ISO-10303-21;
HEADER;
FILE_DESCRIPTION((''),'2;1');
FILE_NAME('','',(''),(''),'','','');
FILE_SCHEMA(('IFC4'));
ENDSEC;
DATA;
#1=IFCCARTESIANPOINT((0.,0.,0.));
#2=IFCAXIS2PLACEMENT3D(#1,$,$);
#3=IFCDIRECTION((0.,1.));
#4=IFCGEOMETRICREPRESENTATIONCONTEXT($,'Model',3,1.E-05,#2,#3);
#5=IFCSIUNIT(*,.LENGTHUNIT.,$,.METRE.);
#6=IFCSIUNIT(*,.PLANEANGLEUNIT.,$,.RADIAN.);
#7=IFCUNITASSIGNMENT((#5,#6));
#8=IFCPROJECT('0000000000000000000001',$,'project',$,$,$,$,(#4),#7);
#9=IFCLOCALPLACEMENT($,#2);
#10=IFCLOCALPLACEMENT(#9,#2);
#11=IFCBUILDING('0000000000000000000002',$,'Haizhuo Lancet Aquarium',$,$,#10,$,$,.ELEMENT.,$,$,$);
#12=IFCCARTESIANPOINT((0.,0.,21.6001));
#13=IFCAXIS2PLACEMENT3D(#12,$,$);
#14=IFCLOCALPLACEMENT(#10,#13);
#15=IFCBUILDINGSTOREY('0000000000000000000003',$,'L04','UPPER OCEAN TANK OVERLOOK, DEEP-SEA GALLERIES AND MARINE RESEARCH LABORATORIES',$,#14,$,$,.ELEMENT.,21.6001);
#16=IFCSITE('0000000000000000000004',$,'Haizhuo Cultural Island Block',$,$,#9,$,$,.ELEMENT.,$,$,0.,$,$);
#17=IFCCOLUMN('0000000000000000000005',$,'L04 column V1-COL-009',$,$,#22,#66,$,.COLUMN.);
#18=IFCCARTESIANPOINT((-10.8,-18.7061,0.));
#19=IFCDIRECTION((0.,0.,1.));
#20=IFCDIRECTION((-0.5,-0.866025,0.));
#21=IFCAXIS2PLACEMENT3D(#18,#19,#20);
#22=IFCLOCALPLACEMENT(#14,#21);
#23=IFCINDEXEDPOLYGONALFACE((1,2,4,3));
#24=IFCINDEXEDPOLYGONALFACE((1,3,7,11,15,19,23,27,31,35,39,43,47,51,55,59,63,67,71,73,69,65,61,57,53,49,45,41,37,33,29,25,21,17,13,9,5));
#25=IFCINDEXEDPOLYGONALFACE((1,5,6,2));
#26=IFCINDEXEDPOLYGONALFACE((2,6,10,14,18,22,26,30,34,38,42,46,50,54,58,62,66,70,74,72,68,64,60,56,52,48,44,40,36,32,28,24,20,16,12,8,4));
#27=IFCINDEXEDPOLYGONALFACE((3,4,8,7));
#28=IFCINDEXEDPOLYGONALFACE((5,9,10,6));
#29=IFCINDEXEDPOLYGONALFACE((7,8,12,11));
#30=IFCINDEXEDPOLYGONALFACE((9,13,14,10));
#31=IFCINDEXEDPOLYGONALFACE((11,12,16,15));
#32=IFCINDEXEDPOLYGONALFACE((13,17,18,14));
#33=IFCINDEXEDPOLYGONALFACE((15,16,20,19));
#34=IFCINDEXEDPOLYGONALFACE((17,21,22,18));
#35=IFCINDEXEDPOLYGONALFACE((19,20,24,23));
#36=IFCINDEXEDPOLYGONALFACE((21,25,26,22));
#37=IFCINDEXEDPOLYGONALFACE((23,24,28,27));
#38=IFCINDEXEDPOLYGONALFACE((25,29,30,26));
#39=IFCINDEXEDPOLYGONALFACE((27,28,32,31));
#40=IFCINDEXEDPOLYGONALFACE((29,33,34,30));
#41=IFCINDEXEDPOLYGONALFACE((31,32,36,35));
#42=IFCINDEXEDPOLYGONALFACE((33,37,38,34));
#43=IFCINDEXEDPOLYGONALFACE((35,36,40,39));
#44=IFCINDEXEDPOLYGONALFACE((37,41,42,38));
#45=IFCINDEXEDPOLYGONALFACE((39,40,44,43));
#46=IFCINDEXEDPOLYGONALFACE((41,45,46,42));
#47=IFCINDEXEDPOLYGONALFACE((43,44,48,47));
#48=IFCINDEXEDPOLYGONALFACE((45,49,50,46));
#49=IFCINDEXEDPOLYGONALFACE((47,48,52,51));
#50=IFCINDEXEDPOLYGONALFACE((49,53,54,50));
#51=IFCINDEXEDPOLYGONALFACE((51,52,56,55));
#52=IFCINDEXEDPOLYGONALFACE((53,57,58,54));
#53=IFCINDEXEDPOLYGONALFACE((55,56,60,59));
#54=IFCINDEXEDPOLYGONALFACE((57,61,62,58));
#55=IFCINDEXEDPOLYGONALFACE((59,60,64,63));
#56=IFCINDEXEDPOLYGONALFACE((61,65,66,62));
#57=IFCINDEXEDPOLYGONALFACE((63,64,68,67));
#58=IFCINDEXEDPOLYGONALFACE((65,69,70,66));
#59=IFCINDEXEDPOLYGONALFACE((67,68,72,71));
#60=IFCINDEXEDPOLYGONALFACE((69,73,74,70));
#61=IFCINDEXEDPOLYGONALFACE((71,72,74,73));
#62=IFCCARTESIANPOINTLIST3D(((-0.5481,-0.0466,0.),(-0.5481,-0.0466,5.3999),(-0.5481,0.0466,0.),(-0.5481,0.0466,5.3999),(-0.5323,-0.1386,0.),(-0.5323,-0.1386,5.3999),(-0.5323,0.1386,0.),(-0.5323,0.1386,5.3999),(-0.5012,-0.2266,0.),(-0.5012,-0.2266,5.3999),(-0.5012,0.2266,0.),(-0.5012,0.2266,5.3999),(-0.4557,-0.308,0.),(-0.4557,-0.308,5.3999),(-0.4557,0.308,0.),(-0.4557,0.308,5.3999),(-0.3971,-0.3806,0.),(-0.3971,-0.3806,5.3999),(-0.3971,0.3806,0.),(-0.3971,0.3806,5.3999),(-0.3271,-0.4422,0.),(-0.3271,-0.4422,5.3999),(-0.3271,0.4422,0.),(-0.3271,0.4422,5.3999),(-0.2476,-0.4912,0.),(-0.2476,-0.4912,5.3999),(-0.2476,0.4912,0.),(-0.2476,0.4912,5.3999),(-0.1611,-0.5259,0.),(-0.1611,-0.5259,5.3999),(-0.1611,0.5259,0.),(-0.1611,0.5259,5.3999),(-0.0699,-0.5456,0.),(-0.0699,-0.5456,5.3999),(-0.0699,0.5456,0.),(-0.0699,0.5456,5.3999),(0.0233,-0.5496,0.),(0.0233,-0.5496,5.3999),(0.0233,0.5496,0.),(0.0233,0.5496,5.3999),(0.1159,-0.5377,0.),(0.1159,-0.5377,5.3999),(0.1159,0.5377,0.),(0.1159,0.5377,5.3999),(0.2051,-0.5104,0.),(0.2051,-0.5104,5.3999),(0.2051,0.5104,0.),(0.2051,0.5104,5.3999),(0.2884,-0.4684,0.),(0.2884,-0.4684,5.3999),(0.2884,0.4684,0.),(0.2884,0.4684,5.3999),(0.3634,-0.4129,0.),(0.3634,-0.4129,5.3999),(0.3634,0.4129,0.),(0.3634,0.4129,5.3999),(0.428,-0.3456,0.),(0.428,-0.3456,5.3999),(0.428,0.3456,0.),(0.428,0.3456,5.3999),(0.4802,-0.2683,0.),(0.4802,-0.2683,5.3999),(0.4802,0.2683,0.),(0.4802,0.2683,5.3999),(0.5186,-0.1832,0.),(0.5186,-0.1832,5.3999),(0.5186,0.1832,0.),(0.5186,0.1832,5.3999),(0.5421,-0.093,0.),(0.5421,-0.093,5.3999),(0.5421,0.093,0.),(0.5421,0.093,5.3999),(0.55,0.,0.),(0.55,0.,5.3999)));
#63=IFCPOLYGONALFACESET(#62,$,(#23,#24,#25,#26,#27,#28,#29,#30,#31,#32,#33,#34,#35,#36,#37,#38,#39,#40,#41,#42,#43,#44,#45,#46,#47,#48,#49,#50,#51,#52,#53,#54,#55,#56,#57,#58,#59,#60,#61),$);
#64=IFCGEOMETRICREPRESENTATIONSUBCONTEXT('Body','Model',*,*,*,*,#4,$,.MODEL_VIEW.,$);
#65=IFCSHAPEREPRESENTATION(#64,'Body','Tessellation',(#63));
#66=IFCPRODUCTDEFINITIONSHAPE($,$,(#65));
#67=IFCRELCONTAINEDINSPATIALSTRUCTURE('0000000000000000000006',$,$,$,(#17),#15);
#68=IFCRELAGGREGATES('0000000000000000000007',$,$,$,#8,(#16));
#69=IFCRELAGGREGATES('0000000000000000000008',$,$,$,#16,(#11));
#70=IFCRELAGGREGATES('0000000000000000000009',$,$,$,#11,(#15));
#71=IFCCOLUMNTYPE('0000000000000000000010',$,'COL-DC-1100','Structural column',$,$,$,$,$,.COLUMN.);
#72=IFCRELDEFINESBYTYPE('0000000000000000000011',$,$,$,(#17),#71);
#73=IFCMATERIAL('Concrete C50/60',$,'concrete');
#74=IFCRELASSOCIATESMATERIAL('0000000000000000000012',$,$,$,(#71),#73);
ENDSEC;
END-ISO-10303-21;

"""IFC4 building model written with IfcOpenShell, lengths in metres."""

from ifc_helpers import new_model, si_unit, direction, frame, origin, origin_2d, place, context, subcontext, project, spatial, circle, extrude, material, material_profile, profile_set, type_object, element, save


model = new_model("IFC4")

# Units and contexts
model_context = context("Model", 3, precision=1e-05, world=origin(), true_north=direction((0.0, 1.0)))
body_context = subcontext(model_context, "Body", "Model", "MODEL_VIEW")
ifc_project = project(units=[si_unit("LENGTHUNIT", "METRE"), si_unit("PLANEANGLEUNIT", "RADIAN")], contexts=[model_context])

# Site, building, storey
site_placement = place(None, origin())
site = spatial("IfcSite", under=ifc_project, at=site_placement, Name="Haizhuo Cultural Island Block", CompositionType="ELEMENT", RefElevation=0.0)
building_placement = place(site_placement, origin())
building = spatial("IfcBuilding", under=site, at=building_placement, Name="Haizhuo Lancet Aquarium", CompositionType="ELEMENT")
storey_placement = place(building_placement, frame((0.0, 0.0, 21.6001)))
storey = spatial("IfcBuildingStorey", under=building, at=storey_placement, Name="L04", Description="UPPER OCEAN TANK OVERLOOK, DEEP-SEA GALLERIES AND MARINE RESEARCH LABORATORIES", CompositionType="ELEMENT", Elevation=21.6001)

# Column
ifc_material_1 = material(Name="Concrete C50/60", Category="concrete")
ifc_material_profile_1 = material_profile(ifc_material_1, circle(Radius=0.55, at=origin_2d()), Name="RC-DC 1100")
ifc_profile_set_1 = profile_set([ifc_material_profile_1], Name="Concrete C50/60")
column_type = type_object("IfcColumnType", Name="COL-DC-1100", Description="Structural column", PredefinedType="COLUMN", material=ifc_profile_set_1)
column_placement = place(storey_placement, frame((-10.8, -18.7061, 0.0), z_axis=(0.0, 0.0, 1.0), x_axis=(-0.5, -0.866025, 0.0)))
element("IfcColumn", 1, at=column_placement, inside=storey, type_object=column_type, Name="L04 column V1-COL-009", PredefinedType="COLUMN", context=body_context, shape_type="SweptSolid", body=[
    extrude(circle(Radius=0.55, at=origin_2d()), origin(), (0.0, 0.0, 1.0), 5.3999),
])

save(model, "model.ifc")
